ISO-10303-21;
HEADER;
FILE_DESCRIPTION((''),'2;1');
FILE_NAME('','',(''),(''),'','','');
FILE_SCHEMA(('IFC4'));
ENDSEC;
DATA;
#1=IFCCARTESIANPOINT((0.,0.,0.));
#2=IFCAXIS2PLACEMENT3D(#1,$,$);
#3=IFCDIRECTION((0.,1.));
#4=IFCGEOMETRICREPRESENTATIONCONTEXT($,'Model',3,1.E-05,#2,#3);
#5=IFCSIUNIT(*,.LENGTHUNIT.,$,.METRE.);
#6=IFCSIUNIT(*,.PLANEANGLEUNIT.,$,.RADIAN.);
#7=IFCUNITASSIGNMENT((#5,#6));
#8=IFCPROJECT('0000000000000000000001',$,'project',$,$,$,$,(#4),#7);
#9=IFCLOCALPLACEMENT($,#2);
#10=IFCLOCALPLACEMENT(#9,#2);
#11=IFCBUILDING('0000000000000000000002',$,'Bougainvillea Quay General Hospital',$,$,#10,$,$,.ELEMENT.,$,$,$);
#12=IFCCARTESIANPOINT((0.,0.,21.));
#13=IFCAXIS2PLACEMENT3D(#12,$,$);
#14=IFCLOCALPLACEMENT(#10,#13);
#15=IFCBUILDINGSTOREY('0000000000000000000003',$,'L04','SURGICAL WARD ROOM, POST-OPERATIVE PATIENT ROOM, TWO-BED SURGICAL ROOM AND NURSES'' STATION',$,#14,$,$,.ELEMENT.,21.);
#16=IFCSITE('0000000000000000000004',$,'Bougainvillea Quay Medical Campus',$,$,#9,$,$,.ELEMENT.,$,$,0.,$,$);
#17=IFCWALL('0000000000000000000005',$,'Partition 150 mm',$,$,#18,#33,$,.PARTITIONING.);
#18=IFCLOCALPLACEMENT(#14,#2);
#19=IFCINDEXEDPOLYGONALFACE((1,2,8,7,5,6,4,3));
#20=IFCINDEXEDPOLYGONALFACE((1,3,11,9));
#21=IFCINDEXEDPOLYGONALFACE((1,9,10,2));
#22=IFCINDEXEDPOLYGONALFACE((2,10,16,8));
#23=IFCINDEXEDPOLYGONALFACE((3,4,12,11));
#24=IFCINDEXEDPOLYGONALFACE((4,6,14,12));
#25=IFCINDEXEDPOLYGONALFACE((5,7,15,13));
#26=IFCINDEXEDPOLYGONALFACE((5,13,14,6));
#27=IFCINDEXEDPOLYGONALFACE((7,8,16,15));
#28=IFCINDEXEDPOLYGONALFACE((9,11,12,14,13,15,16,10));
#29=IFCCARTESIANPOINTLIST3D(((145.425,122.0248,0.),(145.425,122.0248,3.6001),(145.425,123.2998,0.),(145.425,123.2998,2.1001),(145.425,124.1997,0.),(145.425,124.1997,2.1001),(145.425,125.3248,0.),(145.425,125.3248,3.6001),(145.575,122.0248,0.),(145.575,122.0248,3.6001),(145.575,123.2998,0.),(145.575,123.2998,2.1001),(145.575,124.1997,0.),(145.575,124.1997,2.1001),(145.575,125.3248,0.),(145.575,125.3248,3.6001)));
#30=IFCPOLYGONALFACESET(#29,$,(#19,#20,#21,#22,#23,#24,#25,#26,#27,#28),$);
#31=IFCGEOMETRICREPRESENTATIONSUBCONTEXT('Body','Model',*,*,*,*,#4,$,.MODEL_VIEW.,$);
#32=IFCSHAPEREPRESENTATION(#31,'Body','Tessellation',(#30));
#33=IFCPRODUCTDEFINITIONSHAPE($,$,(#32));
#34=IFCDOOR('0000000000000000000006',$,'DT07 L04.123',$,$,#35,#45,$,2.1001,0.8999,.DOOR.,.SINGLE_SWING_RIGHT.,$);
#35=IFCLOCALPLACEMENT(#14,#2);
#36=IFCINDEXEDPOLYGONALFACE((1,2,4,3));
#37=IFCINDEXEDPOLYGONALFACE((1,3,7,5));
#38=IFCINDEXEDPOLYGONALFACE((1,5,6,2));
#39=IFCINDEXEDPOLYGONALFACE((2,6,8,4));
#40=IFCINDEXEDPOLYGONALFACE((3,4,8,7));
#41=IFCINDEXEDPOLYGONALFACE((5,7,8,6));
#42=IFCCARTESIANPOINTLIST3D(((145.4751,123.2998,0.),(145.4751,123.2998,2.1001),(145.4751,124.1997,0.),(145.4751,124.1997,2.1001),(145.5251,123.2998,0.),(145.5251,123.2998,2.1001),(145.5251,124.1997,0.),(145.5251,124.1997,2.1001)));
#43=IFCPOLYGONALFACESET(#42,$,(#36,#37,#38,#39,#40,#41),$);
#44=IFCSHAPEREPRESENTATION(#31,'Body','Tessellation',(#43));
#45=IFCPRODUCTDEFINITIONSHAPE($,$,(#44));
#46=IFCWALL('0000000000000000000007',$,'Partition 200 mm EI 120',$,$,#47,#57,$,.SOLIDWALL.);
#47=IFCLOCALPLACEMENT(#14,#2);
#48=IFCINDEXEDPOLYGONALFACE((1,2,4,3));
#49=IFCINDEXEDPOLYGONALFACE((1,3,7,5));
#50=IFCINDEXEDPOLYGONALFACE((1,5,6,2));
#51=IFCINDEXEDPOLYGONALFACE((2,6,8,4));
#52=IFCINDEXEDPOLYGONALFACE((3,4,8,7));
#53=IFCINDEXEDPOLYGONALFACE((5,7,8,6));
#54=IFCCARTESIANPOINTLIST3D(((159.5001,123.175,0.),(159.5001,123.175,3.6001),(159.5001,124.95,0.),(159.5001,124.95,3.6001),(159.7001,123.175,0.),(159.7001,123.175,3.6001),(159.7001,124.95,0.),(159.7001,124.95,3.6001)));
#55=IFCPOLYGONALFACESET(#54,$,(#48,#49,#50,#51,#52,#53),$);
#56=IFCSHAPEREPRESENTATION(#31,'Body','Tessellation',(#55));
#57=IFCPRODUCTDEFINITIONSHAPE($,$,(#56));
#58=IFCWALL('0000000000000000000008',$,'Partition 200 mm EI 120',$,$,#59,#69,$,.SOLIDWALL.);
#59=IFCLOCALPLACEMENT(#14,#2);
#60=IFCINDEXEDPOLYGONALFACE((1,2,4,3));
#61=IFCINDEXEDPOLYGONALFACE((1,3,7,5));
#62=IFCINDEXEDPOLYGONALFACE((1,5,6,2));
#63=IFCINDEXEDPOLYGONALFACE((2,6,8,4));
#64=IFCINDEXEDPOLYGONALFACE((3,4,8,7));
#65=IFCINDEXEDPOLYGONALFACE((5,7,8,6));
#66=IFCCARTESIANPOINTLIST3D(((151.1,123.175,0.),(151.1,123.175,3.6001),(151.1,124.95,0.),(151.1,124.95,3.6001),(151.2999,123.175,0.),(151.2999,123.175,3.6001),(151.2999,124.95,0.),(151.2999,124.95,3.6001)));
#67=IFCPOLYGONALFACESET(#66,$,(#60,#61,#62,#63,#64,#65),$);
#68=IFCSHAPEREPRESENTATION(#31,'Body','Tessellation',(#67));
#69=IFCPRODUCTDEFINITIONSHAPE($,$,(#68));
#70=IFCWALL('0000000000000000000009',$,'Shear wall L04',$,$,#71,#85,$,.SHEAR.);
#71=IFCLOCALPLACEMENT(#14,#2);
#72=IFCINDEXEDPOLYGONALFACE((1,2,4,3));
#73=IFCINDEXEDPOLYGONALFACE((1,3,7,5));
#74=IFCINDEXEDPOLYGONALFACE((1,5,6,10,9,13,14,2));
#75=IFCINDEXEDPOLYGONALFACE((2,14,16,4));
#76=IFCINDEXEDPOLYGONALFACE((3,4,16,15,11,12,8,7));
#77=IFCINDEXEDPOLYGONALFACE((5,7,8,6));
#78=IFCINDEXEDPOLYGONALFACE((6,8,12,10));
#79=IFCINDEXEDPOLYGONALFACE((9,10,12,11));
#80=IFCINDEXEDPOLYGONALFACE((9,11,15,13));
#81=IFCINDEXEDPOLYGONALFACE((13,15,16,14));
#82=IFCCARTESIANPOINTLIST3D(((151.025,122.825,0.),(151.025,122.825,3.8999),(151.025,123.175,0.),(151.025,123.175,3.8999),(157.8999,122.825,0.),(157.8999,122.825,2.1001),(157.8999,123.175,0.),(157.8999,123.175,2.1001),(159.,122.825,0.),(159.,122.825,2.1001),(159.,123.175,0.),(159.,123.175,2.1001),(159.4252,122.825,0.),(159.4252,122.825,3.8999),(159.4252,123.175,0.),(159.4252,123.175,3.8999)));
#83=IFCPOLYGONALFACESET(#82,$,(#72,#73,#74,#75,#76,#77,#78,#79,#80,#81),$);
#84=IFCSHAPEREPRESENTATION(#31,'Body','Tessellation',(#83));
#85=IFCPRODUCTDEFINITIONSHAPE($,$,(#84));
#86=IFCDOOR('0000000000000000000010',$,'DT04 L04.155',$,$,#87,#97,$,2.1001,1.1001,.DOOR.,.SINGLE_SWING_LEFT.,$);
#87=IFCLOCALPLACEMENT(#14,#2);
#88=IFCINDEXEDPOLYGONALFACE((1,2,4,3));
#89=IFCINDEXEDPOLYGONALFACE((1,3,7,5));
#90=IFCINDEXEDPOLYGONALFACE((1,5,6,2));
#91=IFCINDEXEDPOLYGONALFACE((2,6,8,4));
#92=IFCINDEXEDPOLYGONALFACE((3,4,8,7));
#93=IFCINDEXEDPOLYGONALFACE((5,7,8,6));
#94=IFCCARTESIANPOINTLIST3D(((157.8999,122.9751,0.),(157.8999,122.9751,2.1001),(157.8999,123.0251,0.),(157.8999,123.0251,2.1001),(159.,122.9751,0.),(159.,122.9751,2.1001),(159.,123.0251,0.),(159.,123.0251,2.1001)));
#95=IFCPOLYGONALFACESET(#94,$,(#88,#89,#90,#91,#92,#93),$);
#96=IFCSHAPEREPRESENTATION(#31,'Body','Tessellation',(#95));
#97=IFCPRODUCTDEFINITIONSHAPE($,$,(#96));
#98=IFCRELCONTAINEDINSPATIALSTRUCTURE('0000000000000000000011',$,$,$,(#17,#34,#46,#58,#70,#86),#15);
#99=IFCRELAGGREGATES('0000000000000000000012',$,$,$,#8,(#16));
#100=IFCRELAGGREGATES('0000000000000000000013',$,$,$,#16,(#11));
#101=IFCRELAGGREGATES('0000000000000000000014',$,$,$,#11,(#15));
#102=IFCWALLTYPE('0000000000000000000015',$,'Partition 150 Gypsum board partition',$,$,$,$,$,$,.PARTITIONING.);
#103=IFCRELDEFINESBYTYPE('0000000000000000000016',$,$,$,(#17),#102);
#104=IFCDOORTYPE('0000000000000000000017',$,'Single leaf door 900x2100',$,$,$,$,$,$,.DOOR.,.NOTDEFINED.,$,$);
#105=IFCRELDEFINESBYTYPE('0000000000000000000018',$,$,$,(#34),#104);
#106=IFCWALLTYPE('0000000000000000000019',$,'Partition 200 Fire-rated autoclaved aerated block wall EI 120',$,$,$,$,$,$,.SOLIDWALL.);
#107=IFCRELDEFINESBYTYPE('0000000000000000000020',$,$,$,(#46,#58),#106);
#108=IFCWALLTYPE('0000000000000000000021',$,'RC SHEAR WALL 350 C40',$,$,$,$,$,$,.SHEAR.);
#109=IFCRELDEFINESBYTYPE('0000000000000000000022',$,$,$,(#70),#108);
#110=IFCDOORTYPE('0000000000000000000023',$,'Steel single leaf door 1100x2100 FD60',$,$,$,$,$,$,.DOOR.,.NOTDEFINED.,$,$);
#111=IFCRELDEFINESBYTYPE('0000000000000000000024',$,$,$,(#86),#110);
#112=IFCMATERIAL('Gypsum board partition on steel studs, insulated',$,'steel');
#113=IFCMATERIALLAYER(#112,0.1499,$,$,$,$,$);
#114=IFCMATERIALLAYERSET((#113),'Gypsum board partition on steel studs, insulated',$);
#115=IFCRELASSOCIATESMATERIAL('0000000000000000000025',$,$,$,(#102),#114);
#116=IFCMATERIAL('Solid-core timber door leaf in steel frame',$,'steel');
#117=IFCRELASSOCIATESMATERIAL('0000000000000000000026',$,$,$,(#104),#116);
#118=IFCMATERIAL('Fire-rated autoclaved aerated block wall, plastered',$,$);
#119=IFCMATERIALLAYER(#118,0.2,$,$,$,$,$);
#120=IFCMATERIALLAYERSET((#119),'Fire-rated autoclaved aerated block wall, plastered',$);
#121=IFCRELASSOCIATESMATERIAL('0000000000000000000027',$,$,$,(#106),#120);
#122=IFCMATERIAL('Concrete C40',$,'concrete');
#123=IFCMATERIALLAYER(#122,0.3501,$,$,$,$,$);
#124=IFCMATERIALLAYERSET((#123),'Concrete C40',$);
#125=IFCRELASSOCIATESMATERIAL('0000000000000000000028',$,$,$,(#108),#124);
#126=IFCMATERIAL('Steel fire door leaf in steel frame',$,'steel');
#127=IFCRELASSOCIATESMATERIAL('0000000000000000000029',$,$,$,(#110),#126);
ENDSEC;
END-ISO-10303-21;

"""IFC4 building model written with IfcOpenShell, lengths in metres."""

from ifc_helpers import new_model, si_unit, direction, frame, frame_2d, origin, place, context, subcontext, project, spatial, rectangle, extrude, material, layer, layer_set, type_object, element, fill, save


model = new_model("IFC4")

# Units and contexts
model_context = context("Model", 3, precision=1e-05, world=origin(), true_north=direction((0.0, 1.0)))
body_context = subcontext(model_context, "Body", "Model", "MODEL_VIEW")
ifc_project = project(units=[si_unit("LENGTHUNIT", "METRE"), si_unit("PLANEANGLEUNIT", "RADIAN")], contexts=[model_context])

# Site, building, storey
site_placement = place(None, origin())
site = spatial("IfcSite", under=ifc_project, at=site_placement, Name="Bougainvillea Quay Medical Campus", CompositionType="ELEMENT", RefElevation=0.0)
building_placement = place(site_placement, origin())
building = spatial("IfcBuilding", under=site, at=building_placement, Name="Bougainvillea Quay General Hospital", CompositionType="ELEMENT")
storey_placement = place(building_placement, frame((0.0, 0.0, 21.0)))
storey = spatial("IfcBuildingStorey", under=building, at=storey_placement, Name="L04", Description="SURGICAL WARD ROOM, POST-OPERATIVE PATIENT ROOM, TWO-BED SURGICAL ROOM AND NURSES' STATION", CompositionType="ELEMENT", Elevation=21.0)

# Shared definitions
ifc_material_1 = material(Name="Concrete C40", Category="concrete")

# Wall, opening, door
ifc_material_2 = material(Name="Gypsum board partition on steel studs, insulated", Category="steel")
ifc_layer_1 = layer(ifc_material_2, 0.1499)
ifc_layer_set_1 = layer_set([ifc_layer_1], Name="Gypsum board partition on steel studs, insulated")
wall_type_1 = type_object("IfcWallType", Name="Partition 150 Gypsum board partition", PredefinedType="PARTITIONING", material=ifc_layer_set_1)
wall_1_placement = place(storey_placement, frame((145.5, 122.0249, 0.0), z_axis=(0.0, 0.0, 1.0), x_axis=(0.0, 1.0, 0.0)))
wall_1 = element("IfcWall", 1, at=wall_1_placement, inside=storey, type_object=wall_type_1, Name="Partition 150 mm", PredefinedType="PARTITIONING", context=body_context, shape_type="SweptSolid", body=[
    extrude(rectangle(XDim=3.3, YDim=0.1499, at=frame_2d((1.6499, 0.0))), origin(), (0.0, 0.0, 1.0), 3.6001),
])
opening_1_placement = place(wall_1_placement, frame((1.2749, 0.0, 0.0)))
opening_1 = element("IfcOpeningElement", 2, at=opening_1_placement, cuts=wall_1, PredefinedType="OPENING", context=body_context, shape_type="SweptSolid", body=[
    extrude(rectangle(XDim=0.8999, YDim=2.1001, at=frame_2d((0.45, 1.05))), frame((0.0, 0.085, 0.0), z_axis=(0.0, -1.0, 0.0), x_axis=(1.0, 0.0, 0.0)), (0.0, 0.0, 1.0), 0.1699),
])
ifc_material_3 = material(Name="Solid-core timber door leaf in steel frame", Category="steel")
door_type_1 = type_object("IfcDoorType", Name="Single leaf door 900x2100", OperationType="NOTDEFINED", PredefinedType="DOOR", material=ifc_material_3)
door_1_placement = place(opening_1_placement, origin())
door_1 = element("IfcDoor", 3, at=door_1_placement, inside=storey, type_object=door_type_1, Name="DT07 L04.123", OperationType="SINGLE_SWING_RIGHT", OverallHeight=2.1001, OverallWidth=0.8999, PredefinedType="DOOR", context=body_context, shape_type="SweptSolid", body=[
    extrude(rectangle(XDim=0.8999, YDim=2.1001, at=frame_2d((0.45, 1.05))), frame((0.0, 0.0249, 0.0), z_axis=(0.0, -1.0, 0.0), x_axis=(1.0, 0.0, 0.0)), (0.0, 0.0, 1.0), 0.05),
])
fill(opening_1, door_1)

# Walls
ifc_material_4 = material(Name="Fire-rated autoclaved aerated block wall, plastered")
ifc_layer_2 = layer(ifc_material_4, 0.2)
ifc_layer_set_2 = layer_set([ifc_layer_2], Name="Fire-rated autoclaved aerated block wall, plastered")
wall_type_2 = type_object("IfcWallType", Name="Partition 200 Fire-rated autoclaved aerated block wall EI 120", PredefinedType="SOLIDWALL", material=ifc_layer_set_2)
for number, where, z_axis, x_axis, name in (
    (4, (159.6001, 123.175, 0.0), (0.0, 0.0, 1.0), (0.0, 1.0, 0.0), "Partition 200 mm EI 120"),
    (5, (151.2, 123.175, 0.0), (0.0, 0.0, 1.0), (0.0, 1.0, 0.0), "Partition 200 mm EI 120"),
):
    element("IfcWall", number, at=place(storey_placement, frame(where, z_axis=z_axis, x_axis=x_axis)), inside=storey, type_object=wall_type_2, Name=name, PredefinedType="SOLIDWALL", context=body_context, shape_type="SweptSolid", body=[
        extrude(rectangle(XDim=1.7749, YDim=0.2, at=frame_2d((0.8875, 0.0))), origin(), (0.0, 0.0, 1.0), 3.6001),
    ])

# Wall, opening, door
ifc_layer_3 = layer(ifc_material_1, 0.3501)
ifc_layer_set_3 = layer_set([ifc_layer_3], Name="Concrete C40")
wall_type_3 = type_object("IfcWallType", Name="RC SHEAR WALL 350 C40", PredefinedType="SHEAR", material=ifc_layer_set_3)
wall_2_placement = place(storey_placement, frame((151.0249, 123.0, 0.0), z_axis=(0.0, 0.0, 1.0), x_axis=(1.0, 0.0, 0.0)))
wall_2 = element("IfcWall", 6, at=wall_2_placement, inside=storey, type_object=wall_type_3, Name="Shear wall L04", PredefinedType="SHEAR", context=body_context, shape_type="SweptSolid", body=[
    extrude(rectangle(XDim=8.4001, YDim=0.3501, at=frame_2d((4.2002, 0.0))), origin(), (0.0, 0.0, 1.0), 3.8999),
])
opening_2_placement = place(wall_2_placement, frame((6.875, 0.0, 0.0)))
opening_2 = element("IfcOpeningElement", 7, at=opening_2_placement, cuts=wall_2, PredefinedType="OPENING", context=body_context, shape_type="SweptSolid", body=[
    extrude(rectangle(XDim=1.1001, YDim=2.1001, at=frame_2d((0.55, 1.05))), frame((0.0, 0.1851, 0.0), z_axis=(0.0, -1.0, 0.0), x_axis=(1.0, 0.0, 0.0)), (0.0, 0.0, 1.0), 0.3701),
])
ifc_material_5 = material(Name="Steel fire door leaf in steel frame", Category="steel")
door_type_2 = type_object("IfcDoorType", Name="Steel single leaf door 1100x2100 FD60", OperationType="NOTDEFINED", PredefinedType="DOOR", material=ifc_material_5)
door_2_placement = place(opening_2_placement, frame((1.1001, 0.0, 0.0), z_axis=(0.0, 0.0, 1.0), x_axis=(-1.0, 0.0, 0.0)))
door_2 = element("IfcDoor", 8, at=door_2_placement, inside=storey, type_object=door_type_2, Name="DT04 L04.155", OperationType="SINGLE_SWING_LEFT", OverallHeight=2.1001, OverallWidth=1.1001, PredefinedType="DOOR", context=body_context, shape_type="SweptSolid", body=[
    extrude(rectangle(XDim=1.1001, YDim=2.1001, at=frame_2d((0.55, 1.05))), frame((0.0, 0.0249, 0.0), z_axis=(0.0, -1.0, 0.0), x_axis=(1.0, 0.0, 0.0)), (0.0, 0.0, 1.0), 0.05),
])
fill(opening_2, door_2)

save(model, "model.ifc")
